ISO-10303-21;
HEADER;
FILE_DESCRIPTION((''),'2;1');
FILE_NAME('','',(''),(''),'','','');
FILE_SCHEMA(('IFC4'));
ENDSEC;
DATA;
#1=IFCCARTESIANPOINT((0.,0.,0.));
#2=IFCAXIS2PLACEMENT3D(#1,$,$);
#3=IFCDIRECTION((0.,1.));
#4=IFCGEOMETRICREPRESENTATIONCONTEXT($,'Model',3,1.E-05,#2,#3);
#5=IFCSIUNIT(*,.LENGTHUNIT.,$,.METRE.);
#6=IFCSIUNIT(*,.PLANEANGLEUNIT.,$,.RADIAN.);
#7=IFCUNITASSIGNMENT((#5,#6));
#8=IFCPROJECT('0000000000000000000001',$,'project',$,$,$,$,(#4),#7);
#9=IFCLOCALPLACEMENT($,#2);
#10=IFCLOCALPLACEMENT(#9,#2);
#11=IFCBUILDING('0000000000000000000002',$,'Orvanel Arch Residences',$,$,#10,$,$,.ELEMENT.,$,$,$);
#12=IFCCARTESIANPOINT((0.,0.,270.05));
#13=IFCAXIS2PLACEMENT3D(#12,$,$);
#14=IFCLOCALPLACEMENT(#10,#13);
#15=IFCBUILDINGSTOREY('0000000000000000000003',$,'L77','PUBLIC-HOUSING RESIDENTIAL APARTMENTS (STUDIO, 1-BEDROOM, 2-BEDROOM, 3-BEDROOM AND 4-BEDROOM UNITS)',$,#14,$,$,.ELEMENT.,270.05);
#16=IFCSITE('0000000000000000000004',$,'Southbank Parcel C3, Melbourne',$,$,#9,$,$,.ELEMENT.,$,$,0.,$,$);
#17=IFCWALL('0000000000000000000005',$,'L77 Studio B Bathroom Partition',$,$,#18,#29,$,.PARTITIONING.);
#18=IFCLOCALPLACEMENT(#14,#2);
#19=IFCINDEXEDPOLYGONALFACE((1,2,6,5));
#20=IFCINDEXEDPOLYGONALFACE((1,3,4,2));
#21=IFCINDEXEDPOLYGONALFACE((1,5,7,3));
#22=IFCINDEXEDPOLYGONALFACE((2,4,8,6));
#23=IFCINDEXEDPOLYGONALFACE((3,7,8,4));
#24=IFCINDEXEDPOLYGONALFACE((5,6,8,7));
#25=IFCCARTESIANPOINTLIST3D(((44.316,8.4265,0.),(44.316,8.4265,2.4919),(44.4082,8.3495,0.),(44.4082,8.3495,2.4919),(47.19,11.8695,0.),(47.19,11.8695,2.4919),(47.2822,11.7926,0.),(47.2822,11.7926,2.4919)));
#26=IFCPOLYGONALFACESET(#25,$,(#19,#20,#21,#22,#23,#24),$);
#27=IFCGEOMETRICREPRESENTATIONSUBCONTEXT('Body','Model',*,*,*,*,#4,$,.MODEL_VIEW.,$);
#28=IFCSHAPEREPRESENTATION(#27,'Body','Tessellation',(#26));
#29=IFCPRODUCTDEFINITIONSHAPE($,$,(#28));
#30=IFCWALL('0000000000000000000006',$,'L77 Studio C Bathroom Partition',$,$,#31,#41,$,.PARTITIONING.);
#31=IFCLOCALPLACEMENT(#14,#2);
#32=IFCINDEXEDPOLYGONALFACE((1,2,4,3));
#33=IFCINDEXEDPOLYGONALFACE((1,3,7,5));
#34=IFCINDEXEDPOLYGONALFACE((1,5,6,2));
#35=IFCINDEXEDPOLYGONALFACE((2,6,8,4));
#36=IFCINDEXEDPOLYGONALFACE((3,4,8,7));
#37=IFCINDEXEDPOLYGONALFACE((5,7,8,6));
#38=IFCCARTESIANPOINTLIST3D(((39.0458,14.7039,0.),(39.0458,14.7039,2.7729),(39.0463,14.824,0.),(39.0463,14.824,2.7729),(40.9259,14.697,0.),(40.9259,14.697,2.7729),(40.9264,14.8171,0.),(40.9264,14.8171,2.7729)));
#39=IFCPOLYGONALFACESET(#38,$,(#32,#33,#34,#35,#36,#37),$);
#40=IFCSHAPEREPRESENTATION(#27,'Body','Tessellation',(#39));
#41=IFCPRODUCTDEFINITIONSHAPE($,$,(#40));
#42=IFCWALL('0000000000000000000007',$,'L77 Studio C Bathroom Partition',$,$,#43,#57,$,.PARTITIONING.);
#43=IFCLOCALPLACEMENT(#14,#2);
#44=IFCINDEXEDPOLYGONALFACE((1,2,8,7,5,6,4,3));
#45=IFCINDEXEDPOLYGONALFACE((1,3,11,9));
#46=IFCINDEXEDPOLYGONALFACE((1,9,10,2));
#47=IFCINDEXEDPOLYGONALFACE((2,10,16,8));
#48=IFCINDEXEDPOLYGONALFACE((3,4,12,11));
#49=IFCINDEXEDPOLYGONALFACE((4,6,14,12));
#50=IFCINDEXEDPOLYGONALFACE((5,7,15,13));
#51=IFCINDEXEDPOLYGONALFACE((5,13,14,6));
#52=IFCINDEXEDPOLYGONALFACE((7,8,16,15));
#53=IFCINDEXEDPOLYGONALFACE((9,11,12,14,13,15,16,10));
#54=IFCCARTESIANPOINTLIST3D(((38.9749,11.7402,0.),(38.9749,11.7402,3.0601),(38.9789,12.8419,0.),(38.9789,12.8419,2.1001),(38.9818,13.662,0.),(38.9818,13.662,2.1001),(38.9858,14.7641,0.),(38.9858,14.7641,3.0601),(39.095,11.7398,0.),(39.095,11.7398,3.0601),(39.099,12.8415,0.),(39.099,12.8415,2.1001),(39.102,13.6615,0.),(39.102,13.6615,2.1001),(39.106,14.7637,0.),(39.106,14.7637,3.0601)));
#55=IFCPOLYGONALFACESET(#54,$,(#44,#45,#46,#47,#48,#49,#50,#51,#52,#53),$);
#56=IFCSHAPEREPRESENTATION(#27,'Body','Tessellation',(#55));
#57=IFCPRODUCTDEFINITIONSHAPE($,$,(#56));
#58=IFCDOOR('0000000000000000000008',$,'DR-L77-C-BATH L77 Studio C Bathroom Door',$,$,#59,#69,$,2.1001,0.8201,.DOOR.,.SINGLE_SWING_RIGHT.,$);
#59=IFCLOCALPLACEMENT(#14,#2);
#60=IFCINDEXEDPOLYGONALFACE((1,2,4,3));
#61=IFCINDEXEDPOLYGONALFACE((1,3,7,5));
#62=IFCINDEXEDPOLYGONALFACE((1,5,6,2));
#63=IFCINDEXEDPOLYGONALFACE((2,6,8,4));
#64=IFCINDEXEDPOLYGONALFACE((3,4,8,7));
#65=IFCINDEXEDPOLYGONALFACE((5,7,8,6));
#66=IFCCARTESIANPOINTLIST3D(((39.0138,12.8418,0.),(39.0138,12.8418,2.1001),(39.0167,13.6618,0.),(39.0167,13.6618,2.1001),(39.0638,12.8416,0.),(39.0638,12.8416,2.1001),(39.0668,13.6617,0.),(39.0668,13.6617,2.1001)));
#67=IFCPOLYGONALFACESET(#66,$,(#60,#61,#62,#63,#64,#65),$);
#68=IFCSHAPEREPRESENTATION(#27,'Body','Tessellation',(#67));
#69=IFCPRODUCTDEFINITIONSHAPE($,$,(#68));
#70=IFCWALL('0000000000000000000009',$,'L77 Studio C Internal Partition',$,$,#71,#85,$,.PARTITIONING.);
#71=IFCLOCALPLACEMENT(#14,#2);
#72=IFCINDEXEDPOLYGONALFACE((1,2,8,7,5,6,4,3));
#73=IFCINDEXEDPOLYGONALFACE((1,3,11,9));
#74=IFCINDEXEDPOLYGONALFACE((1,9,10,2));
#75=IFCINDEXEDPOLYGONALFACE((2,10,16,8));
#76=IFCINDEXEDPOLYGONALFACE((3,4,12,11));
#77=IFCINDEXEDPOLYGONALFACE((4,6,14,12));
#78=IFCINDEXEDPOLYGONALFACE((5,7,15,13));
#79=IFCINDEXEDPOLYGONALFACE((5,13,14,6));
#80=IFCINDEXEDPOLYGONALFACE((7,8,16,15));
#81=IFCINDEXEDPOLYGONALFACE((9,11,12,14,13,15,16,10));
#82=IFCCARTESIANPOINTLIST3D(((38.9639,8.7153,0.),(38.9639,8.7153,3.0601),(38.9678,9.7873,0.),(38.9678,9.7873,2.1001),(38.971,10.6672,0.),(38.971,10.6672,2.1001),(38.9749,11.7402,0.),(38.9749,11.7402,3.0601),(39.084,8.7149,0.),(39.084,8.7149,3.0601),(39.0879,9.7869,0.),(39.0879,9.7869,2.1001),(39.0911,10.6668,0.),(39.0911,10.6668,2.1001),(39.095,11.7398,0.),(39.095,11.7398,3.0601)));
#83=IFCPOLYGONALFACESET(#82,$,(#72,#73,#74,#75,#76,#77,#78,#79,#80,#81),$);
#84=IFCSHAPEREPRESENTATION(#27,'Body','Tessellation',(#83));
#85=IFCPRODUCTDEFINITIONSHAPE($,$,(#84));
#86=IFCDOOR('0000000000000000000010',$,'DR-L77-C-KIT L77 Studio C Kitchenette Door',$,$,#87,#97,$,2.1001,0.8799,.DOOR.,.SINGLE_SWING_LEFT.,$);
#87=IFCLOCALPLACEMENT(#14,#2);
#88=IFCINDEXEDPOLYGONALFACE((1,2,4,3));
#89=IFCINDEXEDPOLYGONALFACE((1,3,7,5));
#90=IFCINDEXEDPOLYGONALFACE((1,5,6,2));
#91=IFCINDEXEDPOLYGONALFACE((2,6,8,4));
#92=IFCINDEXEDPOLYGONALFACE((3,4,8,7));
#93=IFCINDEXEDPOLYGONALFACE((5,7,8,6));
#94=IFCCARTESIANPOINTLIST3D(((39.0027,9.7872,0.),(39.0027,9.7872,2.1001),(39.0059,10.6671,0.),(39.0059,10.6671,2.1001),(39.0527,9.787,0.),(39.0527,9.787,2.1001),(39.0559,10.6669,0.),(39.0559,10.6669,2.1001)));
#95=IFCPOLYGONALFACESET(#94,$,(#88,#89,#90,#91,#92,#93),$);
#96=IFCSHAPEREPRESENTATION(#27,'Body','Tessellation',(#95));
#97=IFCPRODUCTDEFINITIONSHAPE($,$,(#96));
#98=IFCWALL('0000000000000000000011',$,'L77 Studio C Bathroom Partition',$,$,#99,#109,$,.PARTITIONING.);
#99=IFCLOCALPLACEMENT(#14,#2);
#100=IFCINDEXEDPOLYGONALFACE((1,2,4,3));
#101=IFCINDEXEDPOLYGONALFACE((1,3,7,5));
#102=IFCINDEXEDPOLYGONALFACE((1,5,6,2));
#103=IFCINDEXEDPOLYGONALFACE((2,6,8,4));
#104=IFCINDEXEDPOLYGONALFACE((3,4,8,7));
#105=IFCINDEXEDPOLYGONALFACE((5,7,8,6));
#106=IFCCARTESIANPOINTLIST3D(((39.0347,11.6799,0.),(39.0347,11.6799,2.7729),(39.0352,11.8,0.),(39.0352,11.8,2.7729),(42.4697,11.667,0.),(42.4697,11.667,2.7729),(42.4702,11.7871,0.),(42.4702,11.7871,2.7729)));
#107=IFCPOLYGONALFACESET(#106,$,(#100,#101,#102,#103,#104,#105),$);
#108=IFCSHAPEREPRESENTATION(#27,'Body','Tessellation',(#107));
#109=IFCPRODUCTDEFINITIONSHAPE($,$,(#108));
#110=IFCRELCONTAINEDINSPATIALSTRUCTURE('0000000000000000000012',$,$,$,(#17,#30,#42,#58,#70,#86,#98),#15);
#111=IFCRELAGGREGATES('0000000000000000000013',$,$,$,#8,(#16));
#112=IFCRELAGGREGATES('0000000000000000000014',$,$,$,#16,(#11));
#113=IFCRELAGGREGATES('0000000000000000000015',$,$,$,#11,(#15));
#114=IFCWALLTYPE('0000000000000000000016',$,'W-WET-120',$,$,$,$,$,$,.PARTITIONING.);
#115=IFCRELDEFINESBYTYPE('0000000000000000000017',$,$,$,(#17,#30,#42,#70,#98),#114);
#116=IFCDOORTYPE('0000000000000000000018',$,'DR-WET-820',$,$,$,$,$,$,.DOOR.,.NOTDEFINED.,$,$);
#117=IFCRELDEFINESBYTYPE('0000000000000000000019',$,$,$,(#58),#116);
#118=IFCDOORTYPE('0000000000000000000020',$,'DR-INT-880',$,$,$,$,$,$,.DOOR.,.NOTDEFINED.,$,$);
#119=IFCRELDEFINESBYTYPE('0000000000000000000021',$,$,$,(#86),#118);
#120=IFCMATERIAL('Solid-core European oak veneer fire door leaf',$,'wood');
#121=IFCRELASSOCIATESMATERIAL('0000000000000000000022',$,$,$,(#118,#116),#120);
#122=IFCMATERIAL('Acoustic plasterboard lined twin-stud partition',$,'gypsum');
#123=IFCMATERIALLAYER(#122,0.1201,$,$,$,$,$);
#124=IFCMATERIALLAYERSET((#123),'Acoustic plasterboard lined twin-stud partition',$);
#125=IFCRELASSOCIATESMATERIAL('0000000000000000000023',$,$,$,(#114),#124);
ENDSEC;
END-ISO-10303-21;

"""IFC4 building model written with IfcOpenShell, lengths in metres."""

from ifc_helpers import new_model, si_unit, direction, frame, frame_2d, origin, place, context, subcontext, project, spatial, rectangle, extrude, material, layer, layer_set, type_object, element, fill, save


model = new_model("IFC4")

# Units and contexts
model_context = context("Model", 3, precision=1e-05, world=origin(), true_north=direction((0.0, 1.0)))
body_context = subcontext(model_context, "Body", "Model", "MODEL_VIEW")
ifc_project = project(units=[si_unit("LENGTHUNIT", "METRE"), si_unit("PLANEANGLEUNIT", "RADIAN")], contexts=[model_context])

# Site, building, storey
site_placement = place(None, origin())
site = spatial("IfcSite", under=ifc_project, at=site_placement, Name="Southbank Parcel C3, Melbourne", CompositionType="ELEMENT", RefElevation=0.0)
building_placement = place(site_placement, origin())
building = spatial("IfcBuilding", under=site, at=building_placement, Name="Orvanel Arch Residences", CompositionType="ELEMENT")
storey_placement = place(building_placement, frame((0.0, 0.0, 270.05)))
storey = spatial("IfcBuildingStorey", under=building, at=storey_placement, Name="L77", Description="PUBLIC-HOUSING RESIDENTIAL APARTMENTS (STUDIO, 1-BEDROOM, 2-BEDROOM, 3-BEDROOM AND 4-BEDROOM UNITS)", CompositionType="ELEMENT", Elevation=270.05)

# Shared definitions
ifc_material_1 = material(Name="Solid-core European oak veneer fire door leaf", Category="wood")
door_type_1 = type_object("IfcDoorType", Name="DR-INT-880", OperationType="NOTDEFINED", PredefinedType="DOOR", material=ifc_material_1)

# Shared definitions
ifc_material_2 = material(Name="Acoustic plasterboard lined twin-stud partition", Category="gypsum")
ifc_layer_1 = layer(ifc_material_2, 0.1201)
ifc_layer_set_1 = layer_set([ifc_layer_1], Name="Acoustic plasterboard lined twin-stud partition")
wall_type_1 = type_object("IfcWallType", Name="W-WET-120", PredefinedType="PARTITIONING", material=ifc_layer_set_1)
door_type_2 = type_object("IfcDoorType", Name="DR-WET-820", OperationType="NOTDEFINED", PredefinedType="DOOR", material=ifc_material_1)

# Walls
wall_1_placement = place(storey_placement, frame((47.2361, 11.8311, 0.0), z_axis=(0.0, 0.0, 1.0), x_axis=(-0.640811, -0.767699, 0.0)))
element("IfcWall", 1, at=wall_1_placement, inside=storey, type_object=wall_type_1, Name="L77 Studio B Bathroom Partition", PredefinedType="PARTITIONING", context=body_context, shape_type="SweptSolid", body=[
    extrude(rectangle(XDim=4.4849, YDim=0.1201, at=frame_2d((2.2424, 0.0))), origin(), (0.0, 0.0, 1.0), 2.4919),
])
wall_2_placement = place(storey_placement, frame((40.926, 14.7571, 0.0), z_axis=(0.0, 0.0, 1.0), x_axis=(-0.999993, 0.003636, 0.0)))
element("IfcWall", 2, at=wall_2_placement, inside=storey, type_object=wall_type_1, Name="L77 Studio C Bathroom Partition", PredefinedType="PARTITIONING", context=body_context, shape_type="SweptSolid", body=[
    extrude(rectangle(XDim=1.8801, YDim=0.1201, at=frame_2d((0.9399, 0.0))), origin(), (0.0, 0.0, 1.0), 2.7729),
])

# Walls, openings, doors
wall_3_placement = place(storey_placement, frame((39.0459, 14.7639, 0.0), z_axis=(0.0, 0.0, 1.0), x_axis=(-0.003633, -0.999993, 0.0)))
wall_3 = element("IfcWall", 3, at=wall_3_placement, inside=storey, type_object=wall_type_1, Name="L77 Studio C Bathroom Partition", PredefinedType="PARTITIONING", context=body_context, shape_type="SweptSolid", body=[
    extrude(rectangle(XDim=3.0239, YDim=0.1201, at=frame_2d((1.512, 0.0))), origin(), (0.0, 0.0, 1.0), 3.0601),
])
opening_1_placement = place(wall_3_placement, frame((1.1021, 0.0, 0.0)))
opening_1 = element("IfcOpeningElement", 4, at=opening_1_placement, cuts=wall_3, PredefinedType="OPENING", context=body_context, shape_type="SweptSolid", body=[
    extrude(rectangle(XDim=0.8201, YDim=2.1001, at=frame_2d((0.4102, 1.05))), frame((0.0, 0.0701, 0.0), z_axis=(0.0, -1.0, 0.0), x_axis=(1.0, 0.0, 0.0)), (0.0, 0.0, 1.0), 0.1401),
])
door_1_placement = place(opening_1_placement, origin())
door_1 = element("IfcDoor", 5, at=door_1_placement, inside=storey, type_object=door_type_2, Name="DR-L77-C-BATH L77 Studio C Bathroom Door", OperationType="SINGLE_SWING_RIGHT", OverallHeight=2.1001, OverallWidth=0.8201, PredefinedType="DOOR", context=body_context, shape_type="SweptSolid", body=[
    extrude(rectangle(XDim=0.8201, YDim=2.1001, at=frame_2d((0.4102, 1.05))), frame((0.0, 0.0249, 0.0), z_axis=(0.0, -1.0, 0.0), x_axis=(1.0, 0.0, 0.0)), (0.0, 0.0, 1.0), 0.05),
])
fill(opening_1, door_1)
wall_4_placement = place(storey_placement, frame((39.0349, 11.74, 0.0), z_axis=(0.0, 0.0, 1.0), x_axis=(-0.003632, -0.999993, 0.0)))
wall_4 = element("IfcWall", 6, at=wall_4_placement, inside=storey, type_object=wall_type_1, Name="L77 Studio C Internal Partition", PredefinedType="PARTITIONING", context=body_context, shape_type="SweptSolid", body=[
    extrude(rectangle(XDim=3.0249, YDim=0.1201, at=frame_2d((1.5125, 0.0))), origin(), (0.0, 0.0, 1.0), 3.0601),
])
opening_2_placement = place(wall_4_placement, frame((1.073, 0.0, 0.0)))
opening_2 = element("IfcOpeningElement", 7, at=opening_2_placement, cuts=wall_4, PredefinedType="OPENING", context=body_context, shape_type="SweptSolid", body=[
    extrude(rectangle(XDim=0.8799, YDim=2.1001, at=frame_2d((0.4399, 1.05))), frame((0.0, 0.0701, 0.0), z_axis=(0.0, -1.0, 0.0), x_axis=(1.0, 0.0, 0.0)), (0.0, 0.0, 1.0), 0.1401),
])
door_2_placement = place(opening_2_placement, origin())
door_2 = element("IfcDoor", 8, at=door_2_placement, inside=storey, type_object=door_type_1, Name="DR-L77-C-KIT L77 Studio C Kitchenette Door", OperationType="SINGLE_SWING_LEFT", OverallHeight=2.1001, OverallWidth=0.8799, PredefinedType="DOOR", context=body_context, shape_type="SweptSolid", body=[
    extrude(rectangle(XDim=0.8799, YDim=2.1001, at=frame_2d((0.4399, 1.05))), frame((0.0, 0.0249, 0.0), z_axis=(0.0, -1.0, 0.0), x_axis=(1.0, 0.0, 0.0)), (0.0, 0.0, 1.0), 0.05),
])
fill(opening_2, door_2)

# Wall
wall_5_placement = place(storey_placement, frame((42.47, 11.7271, 0.0), z_axis=(0.0, 0.0, 1.0), x_axis=(-0.999993, 0.003767, 0.0)))
element("IfcWall", 9, at=wall_5_placement, inside=storey, type_object=wall_type_1, Name="L77 Studio C Bathroom Partition", PredefinedType="PARTITIONING", context=body_context, shape_type="SweptSolid", body=[
    extrude(rectangle(XDim=3.4351, YDim=0.1201, at=frame_2d((1.7175, 0.0))), origin(), (0.0, 0.0, 1.0), 2.7729),
])

save(model, "model.ifc")
